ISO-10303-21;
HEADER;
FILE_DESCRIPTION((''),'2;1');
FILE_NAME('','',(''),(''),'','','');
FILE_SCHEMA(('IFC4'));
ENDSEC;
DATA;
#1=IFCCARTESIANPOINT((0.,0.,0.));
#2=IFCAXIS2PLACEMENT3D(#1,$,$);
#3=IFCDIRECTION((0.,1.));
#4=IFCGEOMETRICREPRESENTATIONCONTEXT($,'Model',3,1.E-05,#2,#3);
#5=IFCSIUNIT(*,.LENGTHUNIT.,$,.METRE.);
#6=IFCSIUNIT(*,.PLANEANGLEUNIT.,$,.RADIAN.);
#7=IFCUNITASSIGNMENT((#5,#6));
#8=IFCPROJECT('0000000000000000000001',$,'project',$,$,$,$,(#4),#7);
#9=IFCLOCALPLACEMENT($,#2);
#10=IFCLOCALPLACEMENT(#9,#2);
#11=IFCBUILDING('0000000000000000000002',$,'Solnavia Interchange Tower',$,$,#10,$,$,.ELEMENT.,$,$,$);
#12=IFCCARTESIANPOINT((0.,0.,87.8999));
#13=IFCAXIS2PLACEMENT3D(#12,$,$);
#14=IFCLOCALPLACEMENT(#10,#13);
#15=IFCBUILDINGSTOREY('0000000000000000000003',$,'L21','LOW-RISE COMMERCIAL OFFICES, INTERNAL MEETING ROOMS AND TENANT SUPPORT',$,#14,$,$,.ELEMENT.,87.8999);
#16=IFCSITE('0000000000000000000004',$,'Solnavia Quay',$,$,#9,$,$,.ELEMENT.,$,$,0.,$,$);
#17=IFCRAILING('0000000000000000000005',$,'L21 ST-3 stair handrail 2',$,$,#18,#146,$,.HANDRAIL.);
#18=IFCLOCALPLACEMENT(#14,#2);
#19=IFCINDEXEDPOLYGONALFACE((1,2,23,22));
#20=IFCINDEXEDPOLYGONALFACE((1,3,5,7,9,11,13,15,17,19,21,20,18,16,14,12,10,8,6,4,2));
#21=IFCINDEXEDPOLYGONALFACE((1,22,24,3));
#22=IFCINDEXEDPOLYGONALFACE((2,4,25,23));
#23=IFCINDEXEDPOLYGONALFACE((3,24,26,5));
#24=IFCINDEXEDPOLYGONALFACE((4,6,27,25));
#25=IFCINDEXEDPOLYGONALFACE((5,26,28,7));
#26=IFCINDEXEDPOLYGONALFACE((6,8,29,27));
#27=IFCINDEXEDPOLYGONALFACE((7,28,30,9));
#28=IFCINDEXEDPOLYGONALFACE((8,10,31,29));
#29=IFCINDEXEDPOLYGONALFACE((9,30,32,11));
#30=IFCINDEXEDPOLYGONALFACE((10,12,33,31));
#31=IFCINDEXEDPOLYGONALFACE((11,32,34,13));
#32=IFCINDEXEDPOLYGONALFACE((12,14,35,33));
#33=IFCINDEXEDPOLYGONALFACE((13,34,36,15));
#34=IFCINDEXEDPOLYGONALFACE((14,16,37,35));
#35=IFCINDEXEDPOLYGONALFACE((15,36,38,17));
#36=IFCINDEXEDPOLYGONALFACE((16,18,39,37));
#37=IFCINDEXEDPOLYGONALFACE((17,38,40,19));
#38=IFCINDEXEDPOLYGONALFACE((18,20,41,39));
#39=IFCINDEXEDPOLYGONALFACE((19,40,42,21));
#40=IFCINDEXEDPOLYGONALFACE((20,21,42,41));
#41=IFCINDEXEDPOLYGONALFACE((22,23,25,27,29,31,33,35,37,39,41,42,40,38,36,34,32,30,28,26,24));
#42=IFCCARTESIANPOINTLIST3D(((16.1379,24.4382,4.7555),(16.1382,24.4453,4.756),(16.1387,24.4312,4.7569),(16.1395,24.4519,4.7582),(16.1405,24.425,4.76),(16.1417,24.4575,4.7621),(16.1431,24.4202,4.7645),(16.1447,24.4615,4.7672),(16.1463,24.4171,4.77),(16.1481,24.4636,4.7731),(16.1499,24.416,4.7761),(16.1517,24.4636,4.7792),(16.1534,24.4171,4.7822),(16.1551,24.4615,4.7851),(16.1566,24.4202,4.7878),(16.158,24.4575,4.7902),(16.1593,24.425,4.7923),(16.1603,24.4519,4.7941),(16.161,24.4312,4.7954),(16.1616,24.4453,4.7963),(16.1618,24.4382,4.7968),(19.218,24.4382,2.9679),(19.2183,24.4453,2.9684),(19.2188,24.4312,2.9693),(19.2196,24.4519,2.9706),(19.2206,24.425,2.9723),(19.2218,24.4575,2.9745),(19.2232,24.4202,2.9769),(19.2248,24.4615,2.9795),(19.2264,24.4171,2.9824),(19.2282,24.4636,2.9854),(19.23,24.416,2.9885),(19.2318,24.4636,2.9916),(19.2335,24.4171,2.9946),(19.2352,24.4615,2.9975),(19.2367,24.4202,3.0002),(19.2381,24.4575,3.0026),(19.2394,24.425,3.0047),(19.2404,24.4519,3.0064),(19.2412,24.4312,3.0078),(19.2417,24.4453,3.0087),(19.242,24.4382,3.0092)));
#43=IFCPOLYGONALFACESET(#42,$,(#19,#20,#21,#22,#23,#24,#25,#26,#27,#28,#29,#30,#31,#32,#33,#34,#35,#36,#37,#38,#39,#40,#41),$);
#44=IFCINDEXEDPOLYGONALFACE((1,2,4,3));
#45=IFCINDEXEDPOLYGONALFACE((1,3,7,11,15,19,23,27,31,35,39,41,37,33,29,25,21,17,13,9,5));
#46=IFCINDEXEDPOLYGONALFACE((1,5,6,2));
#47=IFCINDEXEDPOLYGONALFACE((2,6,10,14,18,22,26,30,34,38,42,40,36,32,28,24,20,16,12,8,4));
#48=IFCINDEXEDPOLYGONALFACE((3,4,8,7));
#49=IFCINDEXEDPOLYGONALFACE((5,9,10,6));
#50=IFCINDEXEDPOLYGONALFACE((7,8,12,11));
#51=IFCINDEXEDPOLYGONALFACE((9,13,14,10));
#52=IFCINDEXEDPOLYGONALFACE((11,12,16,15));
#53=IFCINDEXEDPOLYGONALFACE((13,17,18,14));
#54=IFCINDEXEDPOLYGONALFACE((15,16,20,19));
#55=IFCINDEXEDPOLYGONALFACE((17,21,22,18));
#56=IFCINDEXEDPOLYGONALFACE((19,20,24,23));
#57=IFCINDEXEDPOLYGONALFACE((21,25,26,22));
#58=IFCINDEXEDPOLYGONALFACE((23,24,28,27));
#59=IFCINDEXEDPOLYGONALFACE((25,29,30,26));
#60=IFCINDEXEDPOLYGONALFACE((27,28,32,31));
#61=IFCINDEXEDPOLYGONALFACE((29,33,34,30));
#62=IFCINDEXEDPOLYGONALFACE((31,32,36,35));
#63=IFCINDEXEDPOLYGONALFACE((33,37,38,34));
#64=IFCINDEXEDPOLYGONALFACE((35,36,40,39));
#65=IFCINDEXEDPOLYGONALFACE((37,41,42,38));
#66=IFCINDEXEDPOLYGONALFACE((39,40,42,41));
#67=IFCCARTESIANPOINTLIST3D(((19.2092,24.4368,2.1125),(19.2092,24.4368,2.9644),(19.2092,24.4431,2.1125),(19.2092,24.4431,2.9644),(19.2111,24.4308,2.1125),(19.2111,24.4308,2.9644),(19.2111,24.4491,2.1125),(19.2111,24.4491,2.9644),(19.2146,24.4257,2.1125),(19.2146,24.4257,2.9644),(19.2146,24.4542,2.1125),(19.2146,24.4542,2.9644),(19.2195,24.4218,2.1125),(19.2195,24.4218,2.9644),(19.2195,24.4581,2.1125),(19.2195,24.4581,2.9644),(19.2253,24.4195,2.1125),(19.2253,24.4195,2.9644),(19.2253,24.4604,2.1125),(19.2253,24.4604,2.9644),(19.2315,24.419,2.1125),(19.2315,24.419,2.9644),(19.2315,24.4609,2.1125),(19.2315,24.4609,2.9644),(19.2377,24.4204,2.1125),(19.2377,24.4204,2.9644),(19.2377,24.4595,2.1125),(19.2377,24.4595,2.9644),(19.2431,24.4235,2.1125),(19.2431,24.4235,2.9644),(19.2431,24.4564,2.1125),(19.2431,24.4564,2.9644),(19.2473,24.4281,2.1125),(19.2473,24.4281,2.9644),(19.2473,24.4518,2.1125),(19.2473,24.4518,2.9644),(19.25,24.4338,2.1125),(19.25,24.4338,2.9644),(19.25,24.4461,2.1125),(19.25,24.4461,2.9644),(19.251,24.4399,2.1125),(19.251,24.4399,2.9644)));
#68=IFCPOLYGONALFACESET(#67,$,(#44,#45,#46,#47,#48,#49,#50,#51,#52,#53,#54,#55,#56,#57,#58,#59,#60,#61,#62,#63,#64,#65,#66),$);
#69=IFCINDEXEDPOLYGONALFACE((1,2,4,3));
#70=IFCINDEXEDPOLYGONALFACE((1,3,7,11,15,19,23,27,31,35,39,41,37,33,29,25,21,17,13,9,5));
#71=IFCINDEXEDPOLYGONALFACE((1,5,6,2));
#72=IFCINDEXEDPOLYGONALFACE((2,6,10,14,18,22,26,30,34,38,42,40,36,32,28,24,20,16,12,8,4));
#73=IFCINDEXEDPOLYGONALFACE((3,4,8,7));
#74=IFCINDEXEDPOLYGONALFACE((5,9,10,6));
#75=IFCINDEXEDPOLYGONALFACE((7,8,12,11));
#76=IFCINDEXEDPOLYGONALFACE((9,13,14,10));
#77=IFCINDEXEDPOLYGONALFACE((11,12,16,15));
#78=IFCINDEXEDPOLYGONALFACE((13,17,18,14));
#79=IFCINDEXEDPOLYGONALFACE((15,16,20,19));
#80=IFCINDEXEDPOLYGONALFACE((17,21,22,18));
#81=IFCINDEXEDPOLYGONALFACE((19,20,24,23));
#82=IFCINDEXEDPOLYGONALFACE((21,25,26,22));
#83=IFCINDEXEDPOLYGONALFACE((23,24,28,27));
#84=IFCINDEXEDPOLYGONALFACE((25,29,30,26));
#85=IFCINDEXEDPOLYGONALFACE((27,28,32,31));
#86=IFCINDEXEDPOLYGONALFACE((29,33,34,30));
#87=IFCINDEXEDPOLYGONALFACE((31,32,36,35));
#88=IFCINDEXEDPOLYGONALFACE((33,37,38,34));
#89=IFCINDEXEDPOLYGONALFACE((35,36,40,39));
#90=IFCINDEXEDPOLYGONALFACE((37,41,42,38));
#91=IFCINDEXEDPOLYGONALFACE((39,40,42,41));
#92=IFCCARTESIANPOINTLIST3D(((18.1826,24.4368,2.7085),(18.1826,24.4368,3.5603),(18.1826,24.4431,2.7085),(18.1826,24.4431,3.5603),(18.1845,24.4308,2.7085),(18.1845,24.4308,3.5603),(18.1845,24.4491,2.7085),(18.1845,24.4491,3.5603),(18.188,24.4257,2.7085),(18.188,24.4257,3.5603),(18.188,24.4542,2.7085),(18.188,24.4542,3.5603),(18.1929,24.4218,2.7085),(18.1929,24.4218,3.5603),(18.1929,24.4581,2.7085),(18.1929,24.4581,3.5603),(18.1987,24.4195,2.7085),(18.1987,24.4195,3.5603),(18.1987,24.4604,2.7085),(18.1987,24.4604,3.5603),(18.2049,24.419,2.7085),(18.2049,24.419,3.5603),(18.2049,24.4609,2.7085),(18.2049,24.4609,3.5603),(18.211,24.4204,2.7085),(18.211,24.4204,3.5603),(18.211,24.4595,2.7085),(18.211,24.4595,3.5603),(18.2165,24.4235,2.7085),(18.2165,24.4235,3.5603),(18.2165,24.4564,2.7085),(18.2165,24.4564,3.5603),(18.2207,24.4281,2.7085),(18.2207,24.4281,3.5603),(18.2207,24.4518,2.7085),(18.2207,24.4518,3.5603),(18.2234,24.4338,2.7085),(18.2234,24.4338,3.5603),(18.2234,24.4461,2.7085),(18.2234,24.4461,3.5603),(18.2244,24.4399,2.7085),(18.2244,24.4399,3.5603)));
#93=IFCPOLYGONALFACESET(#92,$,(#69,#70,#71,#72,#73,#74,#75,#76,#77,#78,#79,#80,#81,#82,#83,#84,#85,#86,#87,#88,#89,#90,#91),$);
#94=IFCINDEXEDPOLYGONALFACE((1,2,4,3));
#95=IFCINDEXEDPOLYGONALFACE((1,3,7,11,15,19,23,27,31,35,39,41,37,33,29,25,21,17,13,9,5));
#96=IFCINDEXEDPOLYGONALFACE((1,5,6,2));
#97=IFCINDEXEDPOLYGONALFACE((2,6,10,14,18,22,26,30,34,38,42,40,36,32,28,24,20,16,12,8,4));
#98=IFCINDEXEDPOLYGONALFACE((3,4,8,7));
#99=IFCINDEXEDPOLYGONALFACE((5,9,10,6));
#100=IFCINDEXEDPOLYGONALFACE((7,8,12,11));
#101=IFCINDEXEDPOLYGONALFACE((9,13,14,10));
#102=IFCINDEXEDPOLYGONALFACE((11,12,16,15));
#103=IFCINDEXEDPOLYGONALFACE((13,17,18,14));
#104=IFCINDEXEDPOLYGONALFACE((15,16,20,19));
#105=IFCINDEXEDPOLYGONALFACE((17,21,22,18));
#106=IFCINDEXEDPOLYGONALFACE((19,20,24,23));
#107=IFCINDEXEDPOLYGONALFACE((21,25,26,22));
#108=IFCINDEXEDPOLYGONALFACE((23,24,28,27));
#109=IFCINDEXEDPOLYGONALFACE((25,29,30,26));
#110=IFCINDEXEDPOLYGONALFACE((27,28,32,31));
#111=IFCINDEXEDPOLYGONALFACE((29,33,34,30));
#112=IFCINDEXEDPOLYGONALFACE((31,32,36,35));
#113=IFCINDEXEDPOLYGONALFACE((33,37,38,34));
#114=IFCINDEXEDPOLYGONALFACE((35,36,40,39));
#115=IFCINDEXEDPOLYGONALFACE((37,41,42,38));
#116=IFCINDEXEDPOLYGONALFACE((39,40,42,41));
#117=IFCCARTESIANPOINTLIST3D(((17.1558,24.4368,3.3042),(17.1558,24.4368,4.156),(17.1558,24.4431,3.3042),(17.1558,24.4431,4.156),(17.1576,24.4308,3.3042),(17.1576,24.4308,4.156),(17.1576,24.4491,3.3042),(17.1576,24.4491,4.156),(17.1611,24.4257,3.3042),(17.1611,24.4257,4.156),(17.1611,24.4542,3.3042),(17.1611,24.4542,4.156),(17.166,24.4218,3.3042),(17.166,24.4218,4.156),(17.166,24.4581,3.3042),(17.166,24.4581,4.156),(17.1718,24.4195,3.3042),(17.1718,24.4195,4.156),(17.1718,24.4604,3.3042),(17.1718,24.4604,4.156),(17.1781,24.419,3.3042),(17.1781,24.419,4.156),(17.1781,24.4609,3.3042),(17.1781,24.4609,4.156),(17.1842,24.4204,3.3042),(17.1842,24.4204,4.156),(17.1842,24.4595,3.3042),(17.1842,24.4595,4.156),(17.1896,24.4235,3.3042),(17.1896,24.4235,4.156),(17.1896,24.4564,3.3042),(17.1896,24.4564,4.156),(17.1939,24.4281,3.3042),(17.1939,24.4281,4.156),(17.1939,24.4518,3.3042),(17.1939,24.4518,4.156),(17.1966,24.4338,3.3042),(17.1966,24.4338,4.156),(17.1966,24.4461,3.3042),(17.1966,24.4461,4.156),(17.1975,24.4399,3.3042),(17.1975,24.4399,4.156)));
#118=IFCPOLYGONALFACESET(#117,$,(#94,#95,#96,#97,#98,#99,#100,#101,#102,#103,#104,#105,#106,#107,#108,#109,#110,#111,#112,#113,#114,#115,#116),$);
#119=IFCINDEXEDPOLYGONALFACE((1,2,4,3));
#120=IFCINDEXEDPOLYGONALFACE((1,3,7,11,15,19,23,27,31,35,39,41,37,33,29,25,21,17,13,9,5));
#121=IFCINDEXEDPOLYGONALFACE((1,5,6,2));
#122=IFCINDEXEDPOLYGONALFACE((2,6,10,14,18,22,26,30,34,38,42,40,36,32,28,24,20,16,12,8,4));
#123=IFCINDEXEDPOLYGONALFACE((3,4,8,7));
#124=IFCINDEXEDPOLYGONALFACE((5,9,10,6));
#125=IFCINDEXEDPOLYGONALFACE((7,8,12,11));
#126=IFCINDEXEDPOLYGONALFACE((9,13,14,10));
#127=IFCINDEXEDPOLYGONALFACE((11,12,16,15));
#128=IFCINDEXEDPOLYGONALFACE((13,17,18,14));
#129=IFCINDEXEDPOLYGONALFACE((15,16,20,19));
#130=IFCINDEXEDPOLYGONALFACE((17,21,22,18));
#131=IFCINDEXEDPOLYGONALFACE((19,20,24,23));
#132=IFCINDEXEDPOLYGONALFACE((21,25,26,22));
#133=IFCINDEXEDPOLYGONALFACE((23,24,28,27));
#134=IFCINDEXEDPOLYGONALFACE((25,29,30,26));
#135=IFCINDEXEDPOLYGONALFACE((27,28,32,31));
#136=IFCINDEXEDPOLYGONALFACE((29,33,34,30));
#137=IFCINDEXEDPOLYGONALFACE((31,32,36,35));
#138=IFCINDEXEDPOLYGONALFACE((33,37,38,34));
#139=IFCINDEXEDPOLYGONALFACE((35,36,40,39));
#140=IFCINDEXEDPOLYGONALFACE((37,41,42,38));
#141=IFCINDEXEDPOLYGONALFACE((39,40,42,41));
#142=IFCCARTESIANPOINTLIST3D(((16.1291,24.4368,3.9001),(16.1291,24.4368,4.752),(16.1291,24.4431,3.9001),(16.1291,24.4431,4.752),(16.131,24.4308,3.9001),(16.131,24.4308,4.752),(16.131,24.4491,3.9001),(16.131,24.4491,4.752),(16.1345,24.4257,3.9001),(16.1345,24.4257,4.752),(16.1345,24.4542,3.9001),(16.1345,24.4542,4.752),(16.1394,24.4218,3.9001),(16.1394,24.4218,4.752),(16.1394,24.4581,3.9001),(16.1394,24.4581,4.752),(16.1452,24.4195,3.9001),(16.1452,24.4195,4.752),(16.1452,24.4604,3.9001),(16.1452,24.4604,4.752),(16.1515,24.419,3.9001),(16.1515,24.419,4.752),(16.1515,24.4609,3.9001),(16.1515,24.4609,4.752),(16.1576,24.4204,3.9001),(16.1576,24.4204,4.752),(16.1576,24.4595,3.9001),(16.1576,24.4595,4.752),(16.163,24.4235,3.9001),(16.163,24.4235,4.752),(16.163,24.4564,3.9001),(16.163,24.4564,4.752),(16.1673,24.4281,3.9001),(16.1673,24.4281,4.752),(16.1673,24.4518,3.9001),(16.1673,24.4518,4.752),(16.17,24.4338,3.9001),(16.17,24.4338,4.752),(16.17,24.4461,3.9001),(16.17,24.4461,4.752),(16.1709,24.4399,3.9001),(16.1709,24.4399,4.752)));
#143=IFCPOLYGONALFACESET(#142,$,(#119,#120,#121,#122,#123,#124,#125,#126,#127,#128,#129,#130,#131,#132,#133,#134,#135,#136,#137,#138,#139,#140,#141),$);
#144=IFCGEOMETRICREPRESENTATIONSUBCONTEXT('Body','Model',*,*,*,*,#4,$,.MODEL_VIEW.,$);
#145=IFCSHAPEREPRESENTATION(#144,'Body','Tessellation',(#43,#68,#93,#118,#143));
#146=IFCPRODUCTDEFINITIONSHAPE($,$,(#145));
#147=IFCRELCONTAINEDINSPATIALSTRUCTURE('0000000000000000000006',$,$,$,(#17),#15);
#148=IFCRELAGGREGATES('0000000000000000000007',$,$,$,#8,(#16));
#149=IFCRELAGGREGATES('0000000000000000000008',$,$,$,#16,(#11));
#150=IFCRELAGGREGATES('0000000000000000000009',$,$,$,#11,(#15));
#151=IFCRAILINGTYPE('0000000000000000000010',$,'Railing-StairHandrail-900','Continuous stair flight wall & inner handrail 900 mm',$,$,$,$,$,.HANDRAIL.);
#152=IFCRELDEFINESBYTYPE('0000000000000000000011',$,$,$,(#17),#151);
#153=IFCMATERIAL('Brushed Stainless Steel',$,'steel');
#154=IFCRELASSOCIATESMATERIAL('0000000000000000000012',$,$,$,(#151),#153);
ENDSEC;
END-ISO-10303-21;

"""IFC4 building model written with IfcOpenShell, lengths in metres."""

from ifc_helpers import new_model, si_unit, direction, frame, origin, origin_2d, place, context, subcontext, project, spatial, circle, extrude, material, type_object, element, save


model = new_model("IFC4")

# Units and contexts
model_context = context("Model", 3, precision=1e-05, world=origin(), true_north=direction((0.0, 1.0)))
body_context = subcontext(model_context, "Body", "Model", "MODEL_VIEW")
ifc_project = project(units=[si_unit("LENGTHUNIT", "METRE"), si_unit("PLANEANGLEUNIT", "RADIAN")], contexts=[model_context])

# Site, building, storey
site_placement = place(None, origin())
site = spatial("IfcSite", under=ifc_project, at=site_placement, Name="Solnavia Quay", CompositionType="ELEMENT", RefElevation=0.0)
building_placement = place(site_placement, origin())
building = spatial("IfcBuilding", under=site, at=building_placement, Name="Solnavia Interchange Tower", CompositionType="ELEMENT")
storey_placement = place(building_placement, frame((0.0, 0.0, 87.8999)))
storey = spatial("IfcBuildingStorey", under=building, at=storey_placement, Name="L21", Description="LOW-RISE COMMERCIAL OFFICES, INTERNAL MEETING ROOMS AND TENANT SUPPORT", CompositionType="ELEMENT", Elevation=87.8999)

# Railing
ifc_material_1 = material(Name="Brushed Stainless Steel", Category="steel")
railing_type_1 = type_object("IfcRailingType", Name="Railing-StairHandrail-900", Description="Continuous stair flight wall & inner handrail 900 mm", PredefinedType="HANDRAIL", material=ifc_material_1)
railing_1_placement = place(storey_placement, frame((19.23, 24.4399, 2.1125)))
element("IfcRailing", 1, at=railing_1_placement, inside=storey, type_object=railing_type_1, Name="L21 ST-3 stair handrail 2", PredefinedType="HANDRAIL", context=body_context, shape_type="SweptSolid", body=[
    extrude(circle(Radius=0.0239, at=origin_2d()), frame((0.0, 0.0, 0.876), z_axis=(-0.864891, 0.0, 0.50196), x_axis=(0.0, -1.0, 0.0)), (0.0, 0.0, 1.0), 3.5613),
    extrude(circle(Radius=0.021, at=origin_2d()), origin(), (0.0, 0.0, 1.0), 0.8518),
    extrude(circle(Radius=0.021, at=origin_2d()), frame((-1.0266, 0.0, 0.5959)), (0.0, 0.0, 1.0), 0.8518),
    extrude(circle(Radius=0.021, at=origin_2d()), frame((-2.0535, 0.0, 1.1917)), (0.0, 0.0, 1.0), 0.8518),
    extrude(circle(Radius=0.021, at=origin_2d()), frame((-3.0801, 0.0, 1.7876)), (0.0, 0.0, 1.0), 0.8518),
])

save(model, "model.ifc")
